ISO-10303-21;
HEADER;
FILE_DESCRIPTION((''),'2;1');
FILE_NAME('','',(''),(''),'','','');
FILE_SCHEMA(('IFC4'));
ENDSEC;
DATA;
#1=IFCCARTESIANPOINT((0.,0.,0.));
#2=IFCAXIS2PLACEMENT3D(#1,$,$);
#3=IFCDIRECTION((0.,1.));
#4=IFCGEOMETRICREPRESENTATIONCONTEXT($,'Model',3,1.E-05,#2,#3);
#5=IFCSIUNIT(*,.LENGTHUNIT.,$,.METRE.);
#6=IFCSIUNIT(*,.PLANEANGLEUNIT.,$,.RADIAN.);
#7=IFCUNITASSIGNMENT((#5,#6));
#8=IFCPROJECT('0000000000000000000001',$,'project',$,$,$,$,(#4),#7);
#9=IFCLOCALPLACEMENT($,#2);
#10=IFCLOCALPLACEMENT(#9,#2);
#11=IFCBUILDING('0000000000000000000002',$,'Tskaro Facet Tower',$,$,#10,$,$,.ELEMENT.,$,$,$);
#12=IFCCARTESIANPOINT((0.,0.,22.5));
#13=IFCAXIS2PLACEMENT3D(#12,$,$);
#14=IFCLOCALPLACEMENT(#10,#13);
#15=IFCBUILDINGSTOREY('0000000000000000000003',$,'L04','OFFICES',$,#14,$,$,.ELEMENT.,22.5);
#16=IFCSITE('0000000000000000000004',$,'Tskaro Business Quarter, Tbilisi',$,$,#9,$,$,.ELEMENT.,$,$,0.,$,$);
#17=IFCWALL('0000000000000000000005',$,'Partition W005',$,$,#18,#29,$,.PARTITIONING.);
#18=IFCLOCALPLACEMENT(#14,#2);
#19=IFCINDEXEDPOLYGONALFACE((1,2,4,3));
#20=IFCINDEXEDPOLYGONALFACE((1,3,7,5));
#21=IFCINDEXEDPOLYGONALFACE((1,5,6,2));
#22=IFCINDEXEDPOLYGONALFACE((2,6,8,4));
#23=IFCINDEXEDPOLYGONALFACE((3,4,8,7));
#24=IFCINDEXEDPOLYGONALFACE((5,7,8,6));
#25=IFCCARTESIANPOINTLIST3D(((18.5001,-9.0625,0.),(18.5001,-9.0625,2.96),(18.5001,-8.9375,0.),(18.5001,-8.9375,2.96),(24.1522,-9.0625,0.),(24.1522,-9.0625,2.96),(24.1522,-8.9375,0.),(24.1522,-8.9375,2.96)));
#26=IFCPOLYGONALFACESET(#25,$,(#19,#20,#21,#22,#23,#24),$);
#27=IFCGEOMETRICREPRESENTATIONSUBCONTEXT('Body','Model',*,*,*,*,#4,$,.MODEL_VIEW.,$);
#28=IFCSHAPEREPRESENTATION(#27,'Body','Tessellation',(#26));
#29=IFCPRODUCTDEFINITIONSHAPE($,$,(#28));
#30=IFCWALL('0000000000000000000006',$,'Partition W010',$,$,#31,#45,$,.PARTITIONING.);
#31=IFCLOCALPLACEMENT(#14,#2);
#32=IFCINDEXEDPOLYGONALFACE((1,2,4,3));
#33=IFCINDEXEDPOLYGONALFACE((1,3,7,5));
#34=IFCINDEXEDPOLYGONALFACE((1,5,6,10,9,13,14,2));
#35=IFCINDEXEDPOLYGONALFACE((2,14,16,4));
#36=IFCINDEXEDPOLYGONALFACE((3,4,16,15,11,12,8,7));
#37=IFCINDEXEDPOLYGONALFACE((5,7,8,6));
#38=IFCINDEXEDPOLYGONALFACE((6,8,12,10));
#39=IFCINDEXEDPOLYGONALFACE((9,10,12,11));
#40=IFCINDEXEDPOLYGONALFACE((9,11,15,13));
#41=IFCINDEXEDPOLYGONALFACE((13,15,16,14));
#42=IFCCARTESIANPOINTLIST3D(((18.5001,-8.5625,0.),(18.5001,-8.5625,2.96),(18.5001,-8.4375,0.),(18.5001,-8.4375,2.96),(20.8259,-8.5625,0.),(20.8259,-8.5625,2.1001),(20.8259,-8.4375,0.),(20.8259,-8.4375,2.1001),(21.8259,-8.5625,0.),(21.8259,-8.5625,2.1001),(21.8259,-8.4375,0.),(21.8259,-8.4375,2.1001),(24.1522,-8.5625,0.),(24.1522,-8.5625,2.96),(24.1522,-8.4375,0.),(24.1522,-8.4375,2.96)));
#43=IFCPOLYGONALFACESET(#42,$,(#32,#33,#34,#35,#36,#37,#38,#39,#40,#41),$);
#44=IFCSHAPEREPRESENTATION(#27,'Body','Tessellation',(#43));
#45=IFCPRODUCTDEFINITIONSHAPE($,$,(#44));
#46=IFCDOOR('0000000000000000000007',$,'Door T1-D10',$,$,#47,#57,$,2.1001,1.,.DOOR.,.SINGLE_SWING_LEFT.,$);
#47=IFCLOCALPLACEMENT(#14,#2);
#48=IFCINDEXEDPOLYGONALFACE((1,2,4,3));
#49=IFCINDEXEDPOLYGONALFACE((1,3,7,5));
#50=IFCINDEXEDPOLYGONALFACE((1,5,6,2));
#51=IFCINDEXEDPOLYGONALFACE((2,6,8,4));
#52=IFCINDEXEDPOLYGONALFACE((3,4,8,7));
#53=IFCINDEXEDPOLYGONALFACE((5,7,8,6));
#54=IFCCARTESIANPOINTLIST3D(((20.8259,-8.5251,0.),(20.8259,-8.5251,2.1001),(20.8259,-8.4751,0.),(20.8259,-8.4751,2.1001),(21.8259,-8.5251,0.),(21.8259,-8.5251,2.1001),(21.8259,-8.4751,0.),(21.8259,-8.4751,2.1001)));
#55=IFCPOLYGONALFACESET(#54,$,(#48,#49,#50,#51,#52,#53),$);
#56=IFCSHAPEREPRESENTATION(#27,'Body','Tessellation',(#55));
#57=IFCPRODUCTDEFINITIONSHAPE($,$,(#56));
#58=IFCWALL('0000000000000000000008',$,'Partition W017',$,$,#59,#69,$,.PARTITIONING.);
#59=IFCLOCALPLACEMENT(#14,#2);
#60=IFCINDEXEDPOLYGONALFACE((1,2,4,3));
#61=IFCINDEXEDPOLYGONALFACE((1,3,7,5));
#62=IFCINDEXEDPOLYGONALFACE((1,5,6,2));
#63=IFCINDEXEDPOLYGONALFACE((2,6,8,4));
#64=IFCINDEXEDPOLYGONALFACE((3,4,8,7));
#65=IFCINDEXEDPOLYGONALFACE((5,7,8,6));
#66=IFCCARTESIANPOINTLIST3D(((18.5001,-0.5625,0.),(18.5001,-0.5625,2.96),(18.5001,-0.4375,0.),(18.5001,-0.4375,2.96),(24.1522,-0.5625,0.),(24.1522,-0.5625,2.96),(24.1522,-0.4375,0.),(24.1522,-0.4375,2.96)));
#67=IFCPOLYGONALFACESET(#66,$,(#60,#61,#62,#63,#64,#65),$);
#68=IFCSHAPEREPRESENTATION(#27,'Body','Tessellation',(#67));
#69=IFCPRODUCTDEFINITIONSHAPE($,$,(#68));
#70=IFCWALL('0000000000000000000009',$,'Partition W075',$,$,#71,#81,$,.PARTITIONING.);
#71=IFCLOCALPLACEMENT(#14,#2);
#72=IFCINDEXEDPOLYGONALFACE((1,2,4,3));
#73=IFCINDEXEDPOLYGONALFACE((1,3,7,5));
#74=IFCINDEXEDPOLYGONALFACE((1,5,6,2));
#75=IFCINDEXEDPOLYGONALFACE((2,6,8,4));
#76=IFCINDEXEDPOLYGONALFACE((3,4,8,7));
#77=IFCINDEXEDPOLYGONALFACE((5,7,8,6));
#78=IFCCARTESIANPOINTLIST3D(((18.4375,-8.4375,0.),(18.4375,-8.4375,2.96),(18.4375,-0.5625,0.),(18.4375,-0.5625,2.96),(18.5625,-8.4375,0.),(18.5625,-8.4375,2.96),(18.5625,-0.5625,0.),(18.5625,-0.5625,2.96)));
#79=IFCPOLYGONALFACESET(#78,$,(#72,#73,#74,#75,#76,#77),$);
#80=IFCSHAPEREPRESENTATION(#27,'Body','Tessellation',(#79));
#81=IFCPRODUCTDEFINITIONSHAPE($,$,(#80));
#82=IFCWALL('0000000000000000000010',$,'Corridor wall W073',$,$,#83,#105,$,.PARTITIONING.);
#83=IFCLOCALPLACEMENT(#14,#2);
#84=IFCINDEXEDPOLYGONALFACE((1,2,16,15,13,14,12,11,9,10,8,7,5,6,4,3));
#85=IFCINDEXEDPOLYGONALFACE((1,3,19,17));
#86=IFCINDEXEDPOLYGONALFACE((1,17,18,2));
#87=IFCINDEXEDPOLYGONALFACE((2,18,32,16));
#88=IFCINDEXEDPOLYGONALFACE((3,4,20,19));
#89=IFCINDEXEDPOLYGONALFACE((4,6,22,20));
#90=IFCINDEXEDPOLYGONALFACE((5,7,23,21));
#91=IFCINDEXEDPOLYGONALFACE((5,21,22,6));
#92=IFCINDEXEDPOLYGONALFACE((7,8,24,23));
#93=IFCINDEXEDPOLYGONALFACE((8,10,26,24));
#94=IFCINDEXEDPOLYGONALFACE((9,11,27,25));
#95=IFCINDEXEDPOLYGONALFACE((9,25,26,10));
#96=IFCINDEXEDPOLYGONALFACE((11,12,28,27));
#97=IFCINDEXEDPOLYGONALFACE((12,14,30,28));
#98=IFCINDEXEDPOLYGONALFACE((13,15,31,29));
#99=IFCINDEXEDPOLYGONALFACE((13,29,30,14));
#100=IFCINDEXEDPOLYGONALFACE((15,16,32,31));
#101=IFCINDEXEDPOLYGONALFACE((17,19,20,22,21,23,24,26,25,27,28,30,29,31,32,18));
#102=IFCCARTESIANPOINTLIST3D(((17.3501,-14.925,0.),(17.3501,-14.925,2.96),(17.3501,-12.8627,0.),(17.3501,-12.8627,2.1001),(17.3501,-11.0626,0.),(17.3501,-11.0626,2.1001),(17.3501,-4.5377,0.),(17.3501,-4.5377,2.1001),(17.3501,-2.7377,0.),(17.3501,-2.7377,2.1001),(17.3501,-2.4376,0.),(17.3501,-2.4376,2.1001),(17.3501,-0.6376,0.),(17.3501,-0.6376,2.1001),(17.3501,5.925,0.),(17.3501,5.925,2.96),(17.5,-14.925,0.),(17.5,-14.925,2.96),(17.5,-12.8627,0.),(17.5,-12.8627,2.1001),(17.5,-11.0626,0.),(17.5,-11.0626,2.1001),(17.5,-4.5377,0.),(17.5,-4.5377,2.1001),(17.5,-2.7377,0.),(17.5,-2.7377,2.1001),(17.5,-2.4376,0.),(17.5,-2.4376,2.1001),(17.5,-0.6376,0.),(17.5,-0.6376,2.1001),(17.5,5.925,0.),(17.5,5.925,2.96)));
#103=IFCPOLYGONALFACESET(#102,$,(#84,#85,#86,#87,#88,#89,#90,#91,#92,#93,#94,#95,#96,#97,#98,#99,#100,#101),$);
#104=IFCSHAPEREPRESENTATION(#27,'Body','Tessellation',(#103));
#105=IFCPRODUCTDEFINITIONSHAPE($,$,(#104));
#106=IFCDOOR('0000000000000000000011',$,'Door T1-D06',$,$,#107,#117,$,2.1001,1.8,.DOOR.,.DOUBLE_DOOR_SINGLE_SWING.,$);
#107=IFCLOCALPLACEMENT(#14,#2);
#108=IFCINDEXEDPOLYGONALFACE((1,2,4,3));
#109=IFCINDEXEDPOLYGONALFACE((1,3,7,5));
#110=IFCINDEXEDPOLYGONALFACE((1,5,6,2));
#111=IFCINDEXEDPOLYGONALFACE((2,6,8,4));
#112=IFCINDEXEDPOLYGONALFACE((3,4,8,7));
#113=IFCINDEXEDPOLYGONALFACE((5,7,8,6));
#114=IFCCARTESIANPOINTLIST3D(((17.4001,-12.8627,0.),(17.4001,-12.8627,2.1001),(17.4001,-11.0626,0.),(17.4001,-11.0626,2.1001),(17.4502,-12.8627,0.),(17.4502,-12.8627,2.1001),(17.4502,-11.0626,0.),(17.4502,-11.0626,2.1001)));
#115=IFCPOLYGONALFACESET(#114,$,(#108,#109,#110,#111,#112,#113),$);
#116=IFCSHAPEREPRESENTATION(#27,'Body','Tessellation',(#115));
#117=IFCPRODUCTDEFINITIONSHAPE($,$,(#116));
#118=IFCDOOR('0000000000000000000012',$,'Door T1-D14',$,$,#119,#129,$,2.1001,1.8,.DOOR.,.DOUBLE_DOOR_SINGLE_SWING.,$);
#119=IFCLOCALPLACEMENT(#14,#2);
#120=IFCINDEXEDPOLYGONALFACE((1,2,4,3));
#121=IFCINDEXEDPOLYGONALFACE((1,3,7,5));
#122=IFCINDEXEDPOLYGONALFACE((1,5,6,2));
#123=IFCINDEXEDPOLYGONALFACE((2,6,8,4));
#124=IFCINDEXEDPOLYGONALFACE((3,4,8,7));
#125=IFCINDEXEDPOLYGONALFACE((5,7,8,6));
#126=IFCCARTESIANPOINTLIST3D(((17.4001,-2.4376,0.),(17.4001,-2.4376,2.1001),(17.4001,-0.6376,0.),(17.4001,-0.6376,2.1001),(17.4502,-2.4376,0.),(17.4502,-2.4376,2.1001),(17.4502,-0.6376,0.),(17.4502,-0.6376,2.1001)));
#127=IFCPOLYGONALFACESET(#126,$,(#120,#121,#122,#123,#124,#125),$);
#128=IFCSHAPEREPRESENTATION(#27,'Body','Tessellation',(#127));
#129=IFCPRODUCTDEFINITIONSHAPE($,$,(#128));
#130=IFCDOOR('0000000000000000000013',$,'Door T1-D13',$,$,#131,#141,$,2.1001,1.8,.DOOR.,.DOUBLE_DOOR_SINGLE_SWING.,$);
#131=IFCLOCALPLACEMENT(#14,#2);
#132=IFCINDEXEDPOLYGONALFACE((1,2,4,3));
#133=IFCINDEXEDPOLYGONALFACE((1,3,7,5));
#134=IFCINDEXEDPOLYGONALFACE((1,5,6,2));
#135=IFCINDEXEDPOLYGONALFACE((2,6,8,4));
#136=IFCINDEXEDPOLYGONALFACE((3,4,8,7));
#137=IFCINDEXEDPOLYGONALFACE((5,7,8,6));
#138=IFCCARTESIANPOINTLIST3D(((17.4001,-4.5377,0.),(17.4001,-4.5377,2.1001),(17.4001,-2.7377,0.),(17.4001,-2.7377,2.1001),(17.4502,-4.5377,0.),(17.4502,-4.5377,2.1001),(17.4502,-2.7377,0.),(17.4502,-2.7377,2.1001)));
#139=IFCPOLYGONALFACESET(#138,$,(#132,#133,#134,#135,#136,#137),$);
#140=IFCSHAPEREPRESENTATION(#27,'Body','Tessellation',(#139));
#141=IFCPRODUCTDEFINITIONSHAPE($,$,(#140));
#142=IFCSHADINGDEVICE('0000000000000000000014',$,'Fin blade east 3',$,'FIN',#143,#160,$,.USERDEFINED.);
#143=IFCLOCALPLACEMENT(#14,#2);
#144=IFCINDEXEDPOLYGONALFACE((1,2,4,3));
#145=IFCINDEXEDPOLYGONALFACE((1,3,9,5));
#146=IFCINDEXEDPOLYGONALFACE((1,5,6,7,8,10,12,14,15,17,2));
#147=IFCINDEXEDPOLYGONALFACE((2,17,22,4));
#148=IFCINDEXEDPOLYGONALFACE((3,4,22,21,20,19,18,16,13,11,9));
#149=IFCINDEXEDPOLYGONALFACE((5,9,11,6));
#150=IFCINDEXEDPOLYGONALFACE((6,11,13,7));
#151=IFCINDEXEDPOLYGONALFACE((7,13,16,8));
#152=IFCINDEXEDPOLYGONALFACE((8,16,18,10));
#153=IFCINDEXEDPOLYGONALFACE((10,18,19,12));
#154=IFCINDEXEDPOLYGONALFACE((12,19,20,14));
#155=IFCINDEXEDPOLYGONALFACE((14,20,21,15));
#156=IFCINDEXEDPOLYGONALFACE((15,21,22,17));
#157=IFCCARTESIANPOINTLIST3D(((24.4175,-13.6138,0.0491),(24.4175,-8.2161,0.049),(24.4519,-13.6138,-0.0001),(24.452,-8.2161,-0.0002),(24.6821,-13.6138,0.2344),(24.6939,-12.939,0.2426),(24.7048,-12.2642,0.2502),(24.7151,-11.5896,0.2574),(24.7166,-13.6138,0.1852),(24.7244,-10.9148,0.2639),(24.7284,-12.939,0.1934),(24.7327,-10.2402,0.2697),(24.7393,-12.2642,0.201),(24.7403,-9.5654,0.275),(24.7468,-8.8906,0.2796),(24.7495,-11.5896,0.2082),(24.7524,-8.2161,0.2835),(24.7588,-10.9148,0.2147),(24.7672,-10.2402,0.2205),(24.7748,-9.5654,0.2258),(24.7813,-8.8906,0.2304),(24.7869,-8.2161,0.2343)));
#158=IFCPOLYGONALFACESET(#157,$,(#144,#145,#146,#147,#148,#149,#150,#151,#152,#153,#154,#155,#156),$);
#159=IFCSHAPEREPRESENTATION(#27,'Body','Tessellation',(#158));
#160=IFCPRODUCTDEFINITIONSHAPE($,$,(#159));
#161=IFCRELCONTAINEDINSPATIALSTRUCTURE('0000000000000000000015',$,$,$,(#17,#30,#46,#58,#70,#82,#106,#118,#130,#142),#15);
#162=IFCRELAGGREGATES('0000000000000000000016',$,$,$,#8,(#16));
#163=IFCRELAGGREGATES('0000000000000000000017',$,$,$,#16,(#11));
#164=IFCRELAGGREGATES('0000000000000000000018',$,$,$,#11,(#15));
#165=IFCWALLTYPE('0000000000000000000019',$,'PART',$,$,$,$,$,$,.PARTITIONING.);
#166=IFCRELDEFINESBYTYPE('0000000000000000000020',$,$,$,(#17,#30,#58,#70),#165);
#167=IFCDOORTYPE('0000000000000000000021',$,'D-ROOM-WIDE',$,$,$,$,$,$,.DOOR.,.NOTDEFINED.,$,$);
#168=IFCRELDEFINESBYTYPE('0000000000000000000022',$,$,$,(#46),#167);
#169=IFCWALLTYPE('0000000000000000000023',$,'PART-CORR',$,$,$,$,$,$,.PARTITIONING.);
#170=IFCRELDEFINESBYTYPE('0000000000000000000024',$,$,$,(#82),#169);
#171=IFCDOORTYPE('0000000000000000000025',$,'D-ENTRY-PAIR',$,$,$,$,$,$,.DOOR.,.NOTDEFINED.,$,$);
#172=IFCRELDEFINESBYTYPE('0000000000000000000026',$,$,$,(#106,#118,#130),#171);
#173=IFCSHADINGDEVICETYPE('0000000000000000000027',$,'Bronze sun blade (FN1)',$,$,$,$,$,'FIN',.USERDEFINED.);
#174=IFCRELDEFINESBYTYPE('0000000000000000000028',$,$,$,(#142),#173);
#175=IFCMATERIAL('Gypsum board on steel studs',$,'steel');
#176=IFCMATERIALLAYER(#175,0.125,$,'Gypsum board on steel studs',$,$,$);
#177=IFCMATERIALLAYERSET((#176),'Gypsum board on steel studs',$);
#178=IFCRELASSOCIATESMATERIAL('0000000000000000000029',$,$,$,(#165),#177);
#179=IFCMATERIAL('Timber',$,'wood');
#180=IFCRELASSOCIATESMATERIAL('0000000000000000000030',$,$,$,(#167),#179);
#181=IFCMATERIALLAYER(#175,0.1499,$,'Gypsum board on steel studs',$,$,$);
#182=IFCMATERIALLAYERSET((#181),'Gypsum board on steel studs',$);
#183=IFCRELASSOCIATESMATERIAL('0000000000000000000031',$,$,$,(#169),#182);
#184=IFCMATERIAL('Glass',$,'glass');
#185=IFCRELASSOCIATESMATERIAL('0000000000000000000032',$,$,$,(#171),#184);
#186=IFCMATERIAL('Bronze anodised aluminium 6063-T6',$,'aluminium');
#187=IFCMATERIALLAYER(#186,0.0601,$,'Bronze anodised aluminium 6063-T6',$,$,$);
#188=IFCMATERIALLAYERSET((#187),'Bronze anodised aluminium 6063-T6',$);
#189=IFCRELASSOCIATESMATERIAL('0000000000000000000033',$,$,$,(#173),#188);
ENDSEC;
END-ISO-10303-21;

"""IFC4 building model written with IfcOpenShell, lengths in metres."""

from ifc_helpers import new_model, si_unit, direction, frame, frame_2d, origin, place, context, subcontext, project, spatial, polyline, rectangle, outline, extrude, material, layer, layer_set, type_object, element, fill, save


model = new_model("IFC4")

# Units and contexts
model_context = context("Model", 3, precision=1e-05, world=origin(), true_north=direction((0.0, 1.0)))
body_context = subcontext(model_context, "Body", "Model", "MODEL_VIEW")
ifc_project = project(units=[si_unit("LENGTHUNIT", "METRE"), si_unit("PLANEANGLEUNIT", "RADIAN")], contexts=[model_context])

# Site, building, storey
site_placement = place(None, origin())
site = spatial("IfcSite", under=ifc_project, at=site_placement, Name="Tskaro Business Quarter, Tbilisi", CompositionType="ELEMENT", RefElevation=0.0)
building_placement = place(site_placement, origin())
building = spatial("IfcBuilding", under=site, at=building_placement, Name="Tskaro Facet Tower", CompositionType="ELEMENT")
storey_placement = place(building_placement, frame((0.0, 0.0, 22.5)))
storey = spatial("IfcBuildingStorey", under=building, at=storey_placement, Name="L04", Description="OFFICES", CompositionType="ELEMENT", Elevation=22.5)

# Shared definitions
ifc_material_1 = material(Name="Bronze anodised aluminium 6063-T6", Category="aluminium")

# Wall
ifc_material_2 = material(Name="Gypsum board on steel studs", Category="steel")
ifc_layer_1 = layer(ifc_material_2, 0.125, Name="Gypsum board on steel studs")
ifc_layer_set_1 = layer_set([ifc_layer_1], Name="Gypsum board on steel studs")
wall_type_1 = type_object("IfcWallType", Name="PART", PredefinedType="PARTITIONING", material=ifc_layer_set_1)
wall_1_placement = place(storey_placement, frame((18.5, -9.0, 0.0), z_axis=(0.0, 0.0, 1.0), x_axis=(1.0, 0.0, 0.0)))
element("IfcWall", 1, at=wall_1_placement, inside=storey, type_object=wall_type_1, Name="Partition W005", PredefinedType="PARTITIONING", context=body_context, shape_type="SweptSolid", body=[
    extrude(rectangle(XDim=5.6521, YDim=0.125, at=frame_2d((2.8262, 0.0))), origin(), (0.0, 0.0, 1.0), 2.96),
])

# Wall, opening, door
wall_2_placement = place(storey_placement, frame((18.5, -8.5, 0.0), z_axis=(0.0, 0.0, 1.0), x_axis=(1.0, 0.0, 0.0)))
wall_2 = element("IfcWall", 2, at=wall_2_placement, inside=storey, type_object=wall_type_1, Name="Partition W010", PredefinedType="PARTITIONING", context=body_context, shape_type="SweptSolid", body=[
    extrude(rectangle(XDim=5.6521, YDim=0.125, at=frame_2d((2.8262, 0.0))), origin(), (0.0, 0.0, 1.0), 2.96),
])
opening_1_placement = place(wall_2_placement, frame((2.3259, 0.0, 0.0)))
opening_1 = element("IfcOpeningElement", 3, at=opening_1_placement, cuts=wall_2, PredefinedType="OPENING", context=body_context, shape_type="SweptSolid", body=[
    extrude(rectangle(XDim=1.0, YDim=2.1001, at=frame_2d((0.5, 1.05))), frame((0.0, 0.0725, 0.0), z_axis=(0.0, -1.0, 0.0), x_axis=(1.0, 0.0, 0.0)), (0.0, 0.0, 1.0), 0.145),
])
ifc_material_3 = material(Name="Timber", Category="wood")
door_type_1 = type_object("IfcDoorType", Name="D-ROOM-WIDE", OperationType="NOTDEFINED", PredefinedType="DOOR", material=ifc_material_3)
door_1_placement = place(opening_1_placement, origin())
door_1 = element("IfcDoor", 4, at=door_1_placement, inside=storey, type_object=door_type_1, Name="Door T1-D10", OperationType="SINGLE_SWING_LEFT", OverallHeight=2.1001, OverallWidth=1.0, PredefinedType="DOOR", context=body_context, shape_type="SweptSolid", body=[
    extrude(rectangle(XDim=1.0, YDim=2.1001, at=frame_2d((0.5, 1.05))), frame((0.0, 0.0249, 0.0), z_axis=(0.0, -1.0, 0.0), x_axis=(1.0, 0.0, 0.0)), (0.0, 0.0, 1.0), 0.05),
])
fill(opening_1, door_1)

# Walls
wall_3_placement = place(storey_placement, frame((18.5, -0.5, 0.0), z_axis=(0.0, 0.0, 1.0), x_axis=(1.0, 0.0, 0.0)))
element("IfcWall", 5, at=wall_3_placement, inside=storey, type_object=wall_type_1, Name="Partition W017", PredefinedType="PARTITIONING", context=body_context, shape_type="SweptSolid", body=[
    extrude(rectangle(XDim=5.6521, YDim=0.125, at=frame_2d((2.8262, 0.0))), origin(), (0.0, 0.0, 1.0), 2.96),
])
wall_4_placement = place(storey_placement, frame((18.5, -8.4375, 0.0), z_axis=(0.0, 0.0, 1.0), x_axis=(0.0, 1.0, 0.0)))
element("IfcWall", 6, at=wall_4_placement, inside=storey, type_object=wall_type_1, Name="Partition W075", PredefinedType="PARTITIONING", context=body_context, shape_type="SweptSolid", body=[
    extrude(rectangle(XDim=7.875, YDim=0.125, at=frame_2d((3.9375, 0.0))), origin(), (0.0, 0.0, 1.0), 2.96),
])

# Wall, openings, doors
ifc_layer_2 = layer(ifc_material_2, 0.1499, Name="Gypsum board on steel studs")
ifc_layer_set_2 = layer_set([ifc_layer_2], Name="Gypsum board on steel studs")
wall_type_2 = type_object("IfcWallType", Name="PART-CORR", PredefinedType="PARTITIONING", material=ifc_layer_set_2)
wall_5_placement = place(storey_placement, frame((17.425, -14.925, 0.0), z_axis=(0.0, 0.0, 1.0), x_axis=(0.0, 1.0, 0.0)))
wall_5 = element("IfcWall", 7, at=wall_5_placement, inside=storey, type_object=wall_type_2, Name="Corridor wall W073", PredefinedType="PARTITIONING", context=body_context, shape_type="SweptSolid", body=[
    extrude(rectangle(XDim=20.8501, YDim=0.1499, at=frame_2d((10.425, 0.0))), origin(), (0.0, 0.0, 1.0), 2.96),
])
opening_2_placement = place(wall_5_placement, frame((2.0625, 0.0, 0.0)))
opening_2 = element("IfcOpeningElement", 8, at=opening_2_placement, cuts=wall_5, PredefinedType="OPENING", context=body_context, shape_type="SweptSolid", body=[
    extrude(rectangle(XDim=1.8, YDim=2.1001, at=frame_2d((0.8999, 1.05))), frame((0.0, 0.085, 0.0), z_axis=(0.0, -1.0, 0.0), x_axis=(1.0, 0.0, 0.0)), (0.0, 0.0, 1.0), 0.1699),
])
opening_3_placement = place(wall_5_placement, frame((12.4875, 0.0, 0.0)))
opening_3 = element("IfcOpeningElement", 9, at=opening_3_placement, cuts=wall_5, PredefinedType="OPENING", context=body_context, shape_type="SweptSolid", body=[
    extrude(rectangle(XDim=1.8, YDim=2.1001, at=frame_2d((0.8999, 1.05))), frame((0.0, 0.085, 0.0), z_axis=(0.0, -1.0, 0.0), x_axis=(1.0, 0.0, 0.0)), (0.0, 0.0, 1.0), 0.1699),
])
opening_4_placement = place(wall_5_placement, frame((10.3875, 0.0, 0.0)))
opening_4 = element("IfcOpeningElement", 10, at=opening_4_placement, cuts=wall_5, PredefinedType="OPENING", context=body_context, shape_type="SweptSolid", body=[
    extrude(rectangle(XDim=1.8, YDim=2.1001, at=frame_2d((0.8999, 1.05))), frame((0.0, 0.085, 0.0), z_axis=(0.0, -1.0, 0.0), x_axis=(1.0, 0.0, 0.0)), (0.0, 0.0, 1.0), 0.1699),
])
ifc_material_4 = material(Name="Glass", Category="glass")
door_type_2 = type_object("IfcDoorType", Name="D-ENTRY-PAIR", OperationType="NOTDEFINED", PredefinedType="DOOR", material=ifc_material_4)
door_2_placement = place(opening_2_placement, origin())
door_2 = element("IfcDoor", 11, at=door_2_placement, inside=storey, type_object=door_type_2, Name="Door T1-D06", OperationType="DOUBLE_DOOR_SINGLE_SWING", OverallHeight=2.1001, OverallWidth=1.8, PredefinedType="DOOR", context=body_context, shape_type="SweptSolid", body=[
    extrude(rectangle(XDim=1.8, YDim=2.1001, at=frame_2d((0.8999, 1.05))), frame((0.0, 0.0249, 0.0), z_axis=(0.0, -1.0, 0.0), x_axis=(1.0, 0.0, 0.0)), (0.0, 0.0, 1.0), 0.05),
])
fill(opening_2, door_2)
door_3_placement = place(opening_3_placement, origin())
door_3 = element("IfcDoor", 12, at=door_3_placement, inside=storey, type_object=door_type_2, Name="Door T1-D14", OperationType="DOUBLE_DOOR_SINGLE_SWING", OverallHeight=2.1001, OverallWidth=1.8, PredefinedType="DOOR", context=body_context, shape_type="SweptSolid", body=[
    extrude(rectangle(XDim=1.8, YDim=2.1001, at=frame_2d((0.8999, 1.05))), frame((0.0, 0.0249, 0.0), z_axis=(0.0, -1.0, 0.0), x_axis=(1.0, 0.0, 0.0)), (0.0, 0.0, 1.0), 0.05),
])
fill(opening_3, door_3)
door_4_placement = place(opening_4_placement, origin())
door_4 = element("IfcDoor", 13, at=door_4_placement, inside=storey, type_object=door_type_2, Name="Door T1-D13", OperationType="DOUBLE_DOOR_SINGLE_SWING", OverallHeight=2.1001, OverallWidth=1.8, PredefinedType="DOOR", context=body_context, shape_type="SweptSolid", body=[
    extrude(rectangle(XDim=1.8, YDim=2.1001, at=frame_2d((0.8999, 1.05))), frame((0.0, 0.0249, 0.0), z_axis=(0.0, -1.0, 0.0), x_axis=(1.0, 0.0, 0.0)), (0.0, 0.0, 1.0), 0.05),
])
fill(opening_4, door_4)

# Shading device
ifc_layer_3 = layer(ifc_material_1, 0.0601, Name="Bronze anodised aluminium 6063-T6")
ifc_layer_set_3 = layer_set([ifc_layer_3], Name="Bronze anodised aluminium 6063-T6")
shading_device_type = type_object("IfcShadingDeviceType", Name="Bronze sun blade (FN1)", ElementType="FIN", PredefinedType="USERDEFINED", material=ifc_layer_set_3)
shading_device_1_placement = place(storey_placement, frame((24.4175, -13.6138, 0.0491), z_axis=(-0.573517, 0.000013, 0.819193), x_axis=(0.000007, 1.0, -0.00001)))
element("IfcShadingDevice", 14, at=shading_device_1_placement, inside=storey, type_object=shading_device_type, Name="Fin blade east 3", ObjectType="FIN", PredefinedType="USERDEFINED", context=body_context, shape_type="SweptSolid", body=[
    extrude(outline(polyline([(0.0, 0.0), (5.3977, 0.0), (5.3977, -0.4088), (4.7231, -0.402), (4.0483, -0.3941), (3.3735, -0.3848), (2.699, -0.3746), (2.0242, -0.3632), (1.3496, -0.3508), (0.6748, -0.3374), (0.0, -0.3231), (0.0, 0.0)])), origin(), (0.0, 0.0, -1.0), 0.0601),
])

save(model, "model.ifc")
